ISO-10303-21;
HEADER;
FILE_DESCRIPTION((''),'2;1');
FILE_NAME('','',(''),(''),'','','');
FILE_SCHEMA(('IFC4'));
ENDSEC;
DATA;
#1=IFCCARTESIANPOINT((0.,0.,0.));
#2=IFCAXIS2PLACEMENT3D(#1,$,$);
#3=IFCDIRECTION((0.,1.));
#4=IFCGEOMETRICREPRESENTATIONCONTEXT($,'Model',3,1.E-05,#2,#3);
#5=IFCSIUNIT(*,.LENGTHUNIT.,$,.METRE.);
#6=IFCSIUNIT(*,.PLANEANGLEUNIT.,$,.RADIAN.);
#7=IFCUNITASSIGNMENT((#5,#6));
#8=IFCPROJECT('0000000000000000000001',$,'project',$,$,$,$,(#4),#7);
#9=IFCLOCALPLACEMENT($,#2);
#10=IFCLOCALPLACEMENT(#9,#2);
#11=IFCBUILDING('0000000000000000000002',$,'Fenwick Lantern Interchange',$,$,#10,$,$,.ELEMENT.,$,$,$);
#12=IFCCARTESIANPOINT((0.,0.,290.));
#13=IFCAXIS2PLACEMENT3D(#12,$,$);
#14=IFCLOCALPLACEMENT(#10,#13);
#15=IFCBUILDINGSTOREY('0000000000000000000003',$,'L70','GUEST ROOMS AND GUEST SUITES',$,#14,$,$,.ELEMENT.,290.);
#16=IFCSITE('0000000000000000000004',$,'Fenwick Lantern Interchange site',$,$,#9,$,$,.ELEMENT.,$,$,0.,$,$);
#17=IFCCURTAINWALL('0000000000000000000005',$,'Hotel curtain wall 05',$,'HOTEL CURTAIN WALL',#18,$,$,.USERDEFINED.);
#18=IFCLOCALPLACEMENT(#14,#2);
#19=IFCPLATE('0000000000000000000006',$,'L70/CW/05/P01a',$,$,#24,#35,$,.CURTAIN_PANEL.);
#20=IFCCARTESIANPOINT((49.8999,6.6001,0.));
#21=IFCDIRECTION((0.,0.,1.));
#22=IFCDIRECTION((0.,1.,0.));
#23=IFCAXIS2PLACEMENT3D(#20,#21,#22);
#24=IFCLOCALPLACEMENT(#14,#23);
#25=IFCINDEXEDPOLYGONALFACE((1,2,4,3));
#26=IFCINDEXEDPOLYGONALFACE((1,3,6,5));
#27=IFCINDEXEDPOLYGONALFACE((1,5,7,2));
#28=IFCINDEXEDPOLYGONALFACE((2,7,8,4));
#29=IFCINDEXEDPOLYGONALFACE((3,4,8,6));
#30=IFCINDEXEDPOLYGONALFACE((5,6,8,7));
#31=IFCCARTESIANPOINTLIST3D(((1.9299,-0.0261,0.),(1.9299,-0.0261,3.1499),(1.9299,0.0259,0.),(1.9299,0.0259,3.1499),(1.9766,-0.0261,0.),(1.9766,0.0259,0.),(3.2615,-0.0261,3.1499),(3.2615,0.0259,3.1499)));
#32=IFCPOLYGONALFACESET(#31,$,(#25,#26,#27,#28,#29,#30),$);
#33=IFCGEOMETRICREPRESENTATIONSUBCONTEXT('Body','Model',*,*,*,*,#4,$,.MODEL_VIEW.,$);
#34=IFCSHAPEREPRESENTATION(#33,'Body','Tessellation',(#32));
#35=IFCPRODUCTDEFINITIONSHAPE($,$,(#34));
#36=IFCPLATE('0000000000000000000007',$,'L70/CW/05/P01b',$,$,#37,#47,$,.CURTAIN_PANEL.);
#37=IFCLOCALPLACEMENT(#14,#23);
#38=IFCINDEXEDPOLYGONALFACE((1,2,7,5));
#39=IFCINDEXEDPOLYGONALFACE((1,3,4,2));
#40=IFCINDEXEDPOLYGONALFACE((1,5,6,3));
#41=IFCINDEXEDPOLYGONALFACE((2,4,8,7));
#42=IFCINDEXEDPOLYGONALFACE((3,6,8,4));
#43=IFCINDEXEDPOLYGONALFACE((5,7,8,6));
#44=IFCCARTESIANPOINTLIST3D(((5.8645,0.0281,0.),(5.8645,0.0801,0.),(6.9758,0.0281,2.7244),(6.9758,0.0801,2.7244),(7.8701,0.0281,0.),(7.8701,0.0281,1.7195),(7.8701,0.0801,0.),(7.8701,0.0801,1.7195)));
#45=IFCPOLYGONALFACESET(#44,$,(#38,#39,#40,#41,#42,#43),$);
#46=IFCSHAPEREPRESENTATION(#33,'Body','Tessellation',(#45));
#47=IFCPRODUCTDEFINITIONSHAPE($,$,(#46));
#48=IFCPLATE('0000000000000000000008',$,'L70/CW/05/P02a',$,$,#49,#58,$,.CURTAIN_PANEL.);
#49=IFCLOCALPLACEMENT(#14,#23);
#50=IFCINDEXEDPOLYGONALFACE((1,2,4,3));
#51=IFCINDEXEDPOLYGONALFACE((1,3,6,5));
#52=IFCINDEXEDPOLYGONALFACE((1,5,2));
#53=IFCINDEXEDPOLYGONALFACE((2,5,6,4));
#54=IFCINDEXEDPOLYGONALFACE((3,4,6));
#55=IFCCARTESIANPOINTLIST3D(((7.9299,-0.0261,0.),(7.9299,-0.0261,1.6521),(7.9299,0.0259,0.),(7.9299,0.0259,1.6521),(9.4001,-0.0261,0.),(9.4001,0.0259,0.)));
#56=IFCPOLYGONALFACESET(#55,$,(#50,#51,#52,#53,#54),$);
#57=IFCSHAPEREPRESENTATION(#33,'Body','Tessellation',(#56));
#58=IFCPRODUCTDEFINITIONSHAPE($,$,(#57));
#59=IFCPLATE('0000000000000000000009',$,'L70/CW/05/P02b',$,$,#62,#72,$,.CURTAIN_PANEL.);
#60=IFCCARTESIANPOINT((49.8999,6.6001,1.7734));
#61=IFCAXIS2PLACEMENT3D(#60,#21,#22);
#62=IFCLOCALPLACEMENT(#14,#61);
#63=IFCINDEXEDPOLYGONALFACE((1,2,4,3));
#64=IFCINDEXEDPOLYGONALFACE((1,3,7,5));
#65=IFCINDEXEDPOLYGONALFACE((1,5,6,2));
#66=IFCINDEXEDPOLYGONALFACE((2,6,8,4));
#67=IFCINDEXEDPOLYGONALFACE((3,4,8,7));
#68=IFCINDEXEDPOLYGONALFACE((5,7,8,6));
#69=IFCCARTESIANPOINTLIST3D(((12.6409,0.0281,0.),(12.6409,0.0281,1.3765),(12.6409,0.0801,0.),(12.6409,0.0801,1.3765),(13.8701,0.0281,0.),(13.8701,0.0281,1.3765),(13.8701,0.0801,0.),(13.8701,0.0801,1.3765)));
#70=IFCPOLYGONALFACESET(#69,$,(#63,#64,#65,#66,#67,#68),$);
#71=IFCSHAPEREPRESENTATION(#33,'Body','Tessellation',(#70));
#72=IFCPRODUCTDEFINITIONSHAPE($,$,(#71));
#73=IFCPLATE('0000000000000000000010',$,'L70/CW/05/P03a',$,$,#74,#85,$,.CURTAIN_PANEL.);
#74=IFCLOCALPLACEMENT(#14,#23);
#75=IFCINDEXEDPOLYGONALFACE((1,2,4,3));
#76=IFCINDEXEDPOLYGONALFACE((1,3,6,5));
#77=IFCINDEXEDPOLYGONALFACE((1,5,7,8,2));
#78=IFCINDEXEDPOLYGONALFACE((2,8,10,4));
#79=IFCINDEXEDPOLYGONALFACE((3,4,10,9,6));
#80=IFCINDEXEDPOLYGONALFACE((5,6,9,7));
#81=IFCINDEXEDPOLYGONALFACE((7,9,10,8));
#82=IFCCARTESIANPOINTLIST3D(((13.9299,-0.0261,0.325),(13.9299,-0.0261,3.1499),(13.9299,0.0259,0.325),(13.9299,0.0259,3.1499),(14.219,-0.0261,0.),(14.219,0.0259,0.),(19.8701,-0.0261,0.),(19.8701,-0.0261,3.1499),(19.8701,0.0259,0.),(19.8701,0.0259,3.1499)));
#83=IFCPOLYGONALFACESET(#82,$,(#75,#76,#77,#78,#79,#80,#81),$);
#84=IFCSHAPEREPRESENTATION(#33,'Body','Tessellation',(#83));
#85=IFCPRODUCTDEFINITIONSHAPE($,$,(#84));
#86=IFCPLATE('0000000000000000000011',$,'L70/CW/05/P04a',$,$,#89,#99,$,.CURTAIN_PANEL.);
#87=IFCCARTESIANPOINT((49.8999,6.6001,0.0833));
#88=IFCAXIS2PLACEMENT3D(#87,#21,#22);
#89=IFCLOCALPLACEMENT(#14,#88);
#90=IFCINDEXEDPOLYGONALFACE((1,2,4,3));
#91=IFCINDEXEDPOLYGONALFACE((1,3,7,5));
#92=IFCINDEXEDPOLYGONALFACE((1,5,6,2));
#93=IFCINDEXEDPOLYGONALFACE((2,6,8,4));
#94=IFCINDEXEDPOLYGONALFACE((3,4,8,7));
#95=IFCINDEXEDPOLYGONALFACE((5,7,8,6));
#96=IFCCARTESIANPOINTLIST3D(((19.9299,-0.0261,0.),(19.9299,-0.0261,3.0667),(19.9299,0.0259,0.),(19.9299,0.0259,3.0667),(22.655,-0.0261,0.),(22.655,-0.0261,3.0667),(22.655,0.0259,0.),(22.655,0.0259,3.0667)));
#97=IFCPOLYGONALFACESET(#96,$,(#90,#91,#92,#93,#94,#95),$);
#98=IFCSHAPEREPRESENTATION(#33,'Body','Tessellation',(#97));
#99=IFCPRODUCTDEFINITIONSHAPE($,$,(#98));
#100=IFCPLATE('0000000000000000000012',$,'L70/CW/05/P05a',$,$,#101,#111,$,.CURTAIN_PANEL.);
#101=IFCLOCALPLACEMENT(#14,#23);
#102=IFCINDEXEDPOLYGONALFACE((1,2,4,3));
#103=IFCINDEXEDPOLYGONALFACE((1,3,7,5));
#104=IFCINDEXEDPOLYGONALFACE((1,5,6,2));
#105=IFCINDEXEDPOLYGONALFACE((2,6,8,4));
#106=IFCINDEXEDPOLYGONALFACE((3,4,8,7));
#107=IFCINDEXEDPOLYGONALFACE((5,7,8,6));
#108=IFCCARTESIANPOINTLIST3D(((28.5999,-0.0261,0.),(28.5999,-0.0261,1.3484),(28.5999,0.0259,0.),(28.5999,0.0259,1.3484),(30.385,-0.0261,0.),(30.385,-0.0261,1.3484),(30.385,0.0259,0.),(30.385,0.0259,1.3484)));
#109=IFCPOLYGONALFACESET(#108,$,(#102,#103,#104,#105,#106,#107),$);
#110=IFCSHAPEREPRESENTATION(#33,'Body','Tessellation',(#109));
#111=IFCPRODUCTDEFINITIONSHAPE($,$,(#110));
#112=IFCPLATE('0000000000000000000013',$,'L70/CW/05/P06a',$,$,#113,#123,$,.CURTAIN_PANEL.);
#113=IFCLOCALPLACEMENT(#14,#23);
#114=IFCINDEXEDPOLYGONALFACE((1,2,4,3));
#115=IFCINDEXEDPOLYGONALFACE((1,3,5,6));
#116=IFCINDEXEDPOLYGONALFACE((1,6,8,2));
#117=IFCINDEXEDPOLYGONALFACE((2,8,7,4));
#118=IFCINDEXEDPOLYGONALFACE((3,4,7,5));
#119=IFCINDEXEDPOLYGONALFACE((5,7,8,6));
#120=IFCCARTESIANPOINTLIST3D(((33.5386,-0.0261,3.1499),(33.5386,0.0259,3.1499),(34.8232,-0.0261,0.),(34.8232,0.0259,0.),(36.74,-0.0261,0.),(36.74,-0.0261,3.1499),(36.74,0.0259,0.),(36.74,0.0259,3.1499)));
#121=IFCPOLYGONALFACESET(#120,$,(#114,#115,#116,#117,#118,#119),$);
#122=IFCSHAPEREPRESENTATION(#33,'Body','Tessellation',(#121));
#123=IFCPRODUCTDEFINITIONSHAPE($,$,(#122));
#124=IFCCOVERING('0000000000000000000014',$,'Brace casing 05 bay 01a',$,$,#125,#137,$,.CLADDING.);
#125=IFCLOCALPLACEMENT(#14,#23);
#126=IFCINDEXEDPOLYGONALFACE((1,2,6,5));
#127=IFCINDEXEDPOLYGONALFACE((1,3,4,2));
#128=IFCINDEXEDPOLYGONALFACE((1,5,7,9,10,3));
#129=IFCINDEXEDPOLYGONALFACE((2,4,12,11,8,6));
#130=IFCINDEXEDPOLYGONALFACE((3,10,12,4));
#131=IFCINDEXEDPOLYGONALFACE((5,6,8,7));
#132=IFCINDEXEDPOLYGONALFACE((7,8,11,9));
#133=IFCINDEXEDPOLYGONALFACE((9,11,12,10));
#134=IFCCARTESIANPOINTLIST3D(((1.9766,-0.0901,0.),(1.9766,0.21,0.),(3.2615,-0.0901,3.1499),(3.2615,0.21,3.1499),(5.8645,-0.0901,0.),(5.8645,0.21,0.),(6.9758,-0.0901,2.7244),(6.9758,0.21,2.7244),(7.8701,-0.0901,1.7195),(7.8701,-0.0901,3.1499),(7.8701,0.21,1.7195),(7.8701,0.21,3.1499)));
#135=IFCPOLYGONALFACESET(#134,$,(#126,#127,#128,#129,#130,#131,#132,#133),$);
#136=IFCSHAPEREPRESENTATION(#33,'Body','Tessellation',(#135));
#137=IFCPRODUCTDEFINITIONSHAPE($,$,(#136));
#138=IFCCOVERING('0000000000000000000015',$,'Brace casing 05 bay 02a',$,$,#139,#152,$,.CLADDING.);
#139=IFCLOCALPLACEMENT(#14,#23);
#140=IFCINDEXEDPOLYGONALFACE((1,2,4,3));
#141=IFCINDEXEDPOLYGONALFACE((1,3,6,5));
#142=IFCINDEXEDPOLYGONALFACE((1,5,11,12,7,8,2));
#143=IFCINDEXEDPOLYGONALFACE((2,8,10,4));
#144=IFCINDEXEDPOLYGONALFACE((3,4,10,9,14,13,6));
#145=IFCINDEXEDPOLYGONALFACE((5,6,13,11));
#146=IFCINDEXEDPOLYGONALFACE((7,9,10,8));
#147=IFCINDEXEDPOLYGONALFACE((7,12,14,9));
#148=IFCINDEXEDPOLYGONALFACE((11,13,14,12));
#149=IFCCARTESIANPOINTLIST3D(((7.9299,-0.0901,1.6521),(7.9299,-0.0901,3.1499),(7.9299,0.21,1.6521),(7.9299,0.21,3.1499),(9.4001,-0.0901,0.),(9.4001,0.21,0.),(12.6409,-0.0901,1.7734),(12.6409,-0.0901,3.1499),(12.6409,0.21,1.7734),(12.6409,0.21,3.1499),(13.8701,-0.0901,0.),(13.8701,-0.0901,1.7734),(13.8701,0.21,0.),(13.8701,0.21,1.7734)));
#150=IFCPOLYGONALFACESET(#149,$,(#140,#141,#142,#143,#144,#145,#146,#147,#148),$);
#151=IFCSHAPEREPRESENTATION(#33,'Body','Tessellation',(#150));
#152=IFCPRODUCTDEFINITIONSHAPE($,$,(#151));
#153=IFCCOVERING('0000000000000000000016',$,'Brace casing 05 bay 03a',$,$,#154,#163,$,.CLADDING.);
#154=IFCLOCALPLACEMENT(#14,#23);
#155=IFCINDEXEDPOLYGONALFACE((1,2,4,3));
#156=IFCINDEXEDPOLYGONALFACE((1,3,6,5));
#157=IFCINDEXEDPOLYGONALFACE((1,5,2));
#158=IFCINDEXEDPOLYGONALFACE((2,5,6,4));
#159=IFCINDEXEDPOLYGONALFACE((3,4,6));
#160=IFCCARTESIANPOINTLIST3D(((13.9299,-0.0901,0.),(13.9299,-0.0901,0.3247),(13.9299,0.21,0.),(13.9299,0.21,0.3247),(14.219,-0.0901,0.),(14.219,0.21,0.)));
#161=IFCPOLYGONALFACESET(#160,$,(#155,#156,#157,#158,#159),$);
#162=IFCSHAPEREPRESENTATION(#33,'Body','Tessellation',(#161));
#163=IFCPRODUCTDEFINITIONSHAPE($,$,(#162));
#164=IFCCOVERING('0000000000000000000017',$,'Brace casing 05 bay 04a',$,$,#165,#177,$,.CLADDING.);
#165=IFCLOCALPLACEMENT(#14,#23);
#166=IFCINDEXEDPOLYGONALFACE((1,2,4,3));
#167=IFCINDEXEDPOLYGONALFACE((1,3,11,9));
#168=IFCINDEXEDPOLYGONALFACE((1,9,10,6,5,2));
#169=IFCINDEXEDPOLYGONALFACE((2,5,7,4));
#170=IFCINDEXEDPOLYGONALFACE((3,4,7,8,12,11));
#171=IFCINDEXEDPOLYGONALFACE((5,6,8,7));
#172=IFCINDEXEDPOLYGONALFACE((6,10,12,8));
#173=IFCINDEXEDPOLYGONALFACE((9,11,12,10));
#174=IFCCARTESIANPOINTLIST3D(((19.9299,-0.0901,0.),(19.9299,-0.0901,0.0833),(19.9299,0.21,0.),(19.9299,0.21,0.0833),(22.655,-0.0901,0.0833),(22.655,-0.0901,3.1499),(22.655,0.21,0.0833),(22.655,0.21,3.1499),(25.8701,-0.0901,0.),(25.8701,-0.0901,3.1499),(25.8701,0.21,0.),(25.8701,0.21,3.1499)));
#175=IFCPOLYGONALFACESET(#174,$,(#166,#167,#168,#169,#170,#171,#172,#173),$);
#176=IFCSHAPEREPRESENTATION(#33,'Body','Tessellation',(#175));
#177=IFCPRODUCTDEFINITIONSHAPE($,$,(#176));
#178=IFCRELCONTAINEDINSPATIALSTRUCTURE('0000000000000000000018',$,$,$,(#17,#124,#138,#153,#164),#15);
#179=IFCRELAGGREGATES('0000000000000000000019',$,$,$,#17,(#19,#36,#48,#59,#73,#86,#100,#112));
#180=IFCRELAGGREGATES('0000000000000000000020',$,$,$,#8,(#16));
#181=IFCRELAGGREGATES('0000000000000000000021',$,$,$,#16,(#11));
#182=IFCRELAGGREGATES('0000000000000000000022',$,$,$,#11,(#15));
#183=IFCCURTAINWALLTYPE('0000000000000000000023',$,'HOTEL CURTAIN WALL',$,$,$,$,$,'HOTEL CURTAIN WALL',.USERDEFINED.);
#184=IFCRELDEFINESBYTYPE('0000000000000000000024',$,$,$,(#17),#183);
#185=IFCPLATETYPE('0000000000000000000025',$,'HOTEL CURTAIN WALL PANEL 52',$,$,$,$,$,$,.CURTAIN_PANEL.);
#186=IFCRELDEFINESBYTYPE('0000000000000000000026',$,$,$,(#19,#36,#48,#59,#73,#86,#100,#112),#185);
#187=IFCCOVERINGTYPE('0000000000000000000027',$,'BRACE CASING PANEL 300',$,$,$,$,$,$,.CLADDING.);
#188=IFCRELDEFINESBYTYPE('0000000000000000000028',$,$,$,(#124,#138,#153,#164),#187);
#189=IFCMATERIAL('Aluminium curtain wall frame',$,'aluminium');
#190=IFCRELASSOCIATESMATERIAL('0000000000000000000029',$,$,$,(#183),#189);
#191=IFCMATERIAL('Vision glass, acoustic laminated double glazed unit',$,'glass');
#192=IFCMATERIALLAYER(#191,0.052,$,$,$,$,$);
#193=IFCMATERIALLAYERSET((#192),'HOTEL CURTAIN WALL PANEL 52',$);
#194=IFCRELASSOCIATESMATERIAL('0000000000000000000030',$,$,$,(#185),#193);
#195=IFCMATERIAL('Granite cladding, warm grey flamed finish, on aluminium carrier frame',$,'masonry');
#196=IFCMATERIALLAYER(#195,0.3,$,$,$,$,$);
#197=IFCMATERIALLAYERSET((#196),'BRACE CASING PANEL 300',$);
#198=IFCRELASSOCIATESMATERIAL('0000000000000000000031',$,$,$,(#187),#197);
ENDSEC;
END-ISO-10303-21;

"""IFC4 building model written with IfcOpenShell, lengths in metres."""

from ifc_helpers import new_model, si_unit, direction, frame, origin, place, context, subcontext, project, spatial, polyline, outline, extrude, material, layer, layer_set, type_object, element, aggregate, save


model = new_model("IFC4")

# Units and contexts
model_context = context("Model", 3, precision=1e-05, world=origin(), true_north=direction((0.0, 1.0)))
body_context = subcontext(model_context, "Body", "Model", "MODEL_VIEW")
ifc_project = project(units=[si_unit("LENGTHUNIT", "METRE"), si_unit("PLANEANGLEUNIT", "RADIAN")], contexts=[model_context])

# Site, building, storey
site_placement = place(None, origin())
site = spatial("IfcSite", under=ifc_project, at=site_placement, Name="Fenwick Lantern Interchange site", CompositionType="ELEMENT", RefElevation=0.0)
building_placement = place(site_placement, origin())
building = spatial("IfcBuilding", under=site, at=building_placement, Name="Fenwick Lantern Interchange", CompositionType="ELEMENT")
storey_placement = place(building_placement, frame((0.0, 0.0, 290.0)))
storey = spatial("IfcBuildingStorey", under=building, at=storey_placement, Name="L70", Description="GUEST ROOMS AND GUEST SUITES", CompositionType="ELEMENT", Elevation=290.0)

# Shared definitions
ifc_material_1 = material(Name="Aluminium curtain wall frame", Category="aluminium")
curtain_wall_type = type_object("IfcCurtainWallType", Name="HOTEL CURTAIN WALL", ElementType="HOTEL CURTAIN WALL", PredefinedType="USERDEFINED", material=ifc_material_1)

# Curtain wall
curtain_wall_1_placement = place(storey_placement, origin())
curtain_wall_1 = element("IfcCurtainWall", 1, at=curtain_wall_1_placement, inside=storey, type_object=curtain_wall_type, Name="Hotel curtain wall 05", ObjectType="HOTEL CURTAIN WALL", PredefinedType="USERDEFINED")

# Plates
ifc_material_2 = material(Name="Vision glass, acoustic laminated double glazed unit", Category="glass")
ifc_layer_1 = layer(ifc_material_2, 0.052)
ifc_layer_set_1 = layer_set([ifc_layer_1], Name="HOTEL CURTAIN WALL PANEL 52")
plate_type = type_object("IfcPlateType", Name="HOTEL CURTAIN WALL PANEL 52", PredefinedType="CURTAIN_PANEL", material=ifc_layer_set_1)
plate_1_placement = place(storey_placement, frame((49.8999, 6.6001, 0.0), z_axis=(0.0, 0.0, 1.0), x_axis=(0.0, 1.0, 0.0)))
plate_1 = element("IfcPlate", 2, at=plate_1_placement, type_object=plate_type, Name="L70/CW/05/P01a", PredefinedType="CURTAIN_PANEL", context=body_context, shape_type="SweptSolid", body=[
    extrude(outline(polyline([(1.9299, 0.0), (1.9766, 0.0), (3.2615, 3.1499), (1.9299, 3.1499), (1.9299, 0.0)])), frame((0.0, 0.0259, 0.0), z_axis=(0.0, -1.0, 0.0), x_axis=(1.0, 0.0, 0.0)), (0.0, 0.0, 1.0), 0.052),
])
plate_2_placement = place(storey_placement, frame((49.8999, 6.6001, 0.0), z_axis=(0.0, 0.0, 1.0), x_axis=(0.0, 1.0, 0.0)))
plate_2 = element("IfcPlate", 3, at=plate_2_placement, type_object=plate_type, Name="L70/CW/05/P01b", PredefinedType="CURTAIN_PANEL", context=body_context, shape_type="SweptSolid", body=[
    extrude(outline(polyline([(5.8645, 0.0), (7.8701, 0.0), (7.8701, 1.7195), (6.9758, 2.7244), (5.8645, 0.0)])), frame((0.0, 0.0801, 0.0), z_axis=(0.0, -1.0, 0.0), x_axis=(1.0, 0.0, 0.0)), (0.0, 0.0, 1.0), 0.052),
])
plate_3_placement = place(storey_placement, frame((49.8999, 6.6001, 0.0), z_axis=(0.0, 0.0, 1.0), x_axis=(0.0, 1.0, 0.0)))
plate_3 = element("IfcPlate", 4, at=plate_3_placement, type_object=plate_type, Name="L70/CW/05/P02a", PredefinedType="CURTAIN_PANEL", context=body_context, shape_type="SweptSolid", body=[
    extrude(outline(polyline([(7.9299, 0.0), (9.4001, 0.0), (7.9299, 1.6521), (7.9299, 0.0)])), frame((0.0, 0.0259, 0.0), z_axis=(0.0, -1.0, 0.0), x_axis=(1.0, 0.0, 0.0)), (0.0, 0.0, 1.0), 0.052),
])
plate_4_placement = place(storey_placement, frame((49.8999, 6.6001, 1.7734), z_axis=(0.0, 0.0, 1.0), x_axis=(0.0, 1.0, 0.0)))
plate_4 = element("IfcPlate", 5, at=plate_4_placement, type_object=plate_type, Name="L70/CW/05/P02b", PredefinedType="CURTAIN_PANEL", context=body_context, shape_type="SweptSolid", body=[
    extrude(outline(polyline([(12.6409, 0.0), (13.8701, 0.0), (13.8701, 1.3765), (12.6409, 1.3765), (12.6409, 0.0)])), frame((0.0, 0.0801, 0.0), z_axis=(0.0, -1.0, 0.0), x_axis=(1.0, 0.0, 0.0)), (0.0, 0.0, 1.0), 0.052),
])
plate_5_placement = place(storey_placement, frame((49.8999, 6.6001, 0.0), z_axis=(0.0, 0.0, 1.0), x_axis=(0.0, 1.0, 0.0)))
plate_5 = element("IfcPlate", 6, at=plate_5_placement, type_object=plate_type, Name="L70/CW/05/P03a", PredefinedType="CURTAIN_PANEL", context=body_context, shape_type="SweptSolid", body=[
    extrude(outline(polyline([(14.219, 0.0), (19.8701, 0.0), (19.8701, 3.1499), (13.9299, 3.1499), (13.9299, 0.325), (14.219, 0.0)])), frame((0.0, 0.0259, 0.0), z_axis=(0.0, -1.0, 0.0), x_axis=(1.0, 0.0, 0.0)), (0.0, 0.0, 1.0), 0.052),
])
plate_6_placement = place(storey_placement, frame((49.8999, 6.6001, 0.0833), z_axis=(0.0, 0.0, 1.0), x_axis=(0.0, 1.0, 0.0)))
plate_6 = element("IfcPlate", 7, at=plate_6_placement, type_object=plate_type, Name="L70/CW/05/P04a", PredefinedType="CURTAIN_PANEL", context=body_context, shape_type="SweptSolid", body=[
    extrude(outline(polyline([(19.9299, 0.0), (22.655, 0.0), (22.655, 3.0667), (19.9299, 3.0667), (19.9299, 0.0)])), frame((0.0, 0.0259, 0.0), z_axis=(0.0, -1.0, 0.0), x_axis=(1.0, 0.0, 0.0)), (0.0, 0.0, 1.0), 0.052),
])
plate_7_placement = place(storey_placement, frame((49.8999, 6.6001, 0.0), z_axis=(0.0, 0.0, 1.0), x_axis=(0.0, 1.0, 0.0)))
plate_7 = element("IfcPlate", 8, at=plate_7_placement, type_object=plate_type, Name="L70/CW/05/P05a", PredefinedType="CURTAIN_PANEL", context=body_context, shape_type="SweptSolid", body=[
    extrude(outline(polyline([(28.5999, 0.0), (30.385, 0.0), (30.385, 1.3484), (28.5999, 1.3484), (28.5999, 0.0)])), frame((0.0, 0.0259, 0.0), z_axis=(0.0, -1.0, 0.0), x_axis=(1.0, 0.0, 0.0)), (0.0, 0.0, 1.0), 0.052),
])
plate_8_placement = place(storey_placement, frame((49.8999, 6.6001, 0.0), z_axis=(0.0, 0.0, 1.0), x_axis=(0.0, 1.0, 0.0)))
plate_8 = element("IfcPlate", 9, at=plate_8_placement, type_object=plate_type, Name="L70/CW/05/P06a", PredefinedType="CURTAIN_PANEL", context=body_context, shape_type="SweptSolid", body=[
    extrude(outline(polyline([(34.8232, 0.0), (36.74, 0.0), (36.74, 3.1499), (33.5386, 3.1499), (34.8232, 0.0)])), frame((0.0, 0.0259, 0.0), z_axis=(0.0, -1.0, 0.0), x_axis=(1.0, 0.0, 0.0)), (0.0, 0.0, 1.0), 0.052),
])
aggregate(curtain_wall_1, [plate_1, plate_2, plate_3, plate_4, plate_5, plate_6, plate_7, plate_8])

# Coverings
ifc_material_3 = material(Name="Granite cladding, warm grey flamed finish, on aluminium carrier frame", Category="masonry")
ifc_layer_2 = layer(ifc_material_3, 0.3)
ifc_layer_set_2 = layer_set([ifc_layer_2], Name="BRACE CASING PANEL 300")
covering_type = type_object("IfcCoveringType", Name="BRACE CASING PANEL 300", PredefinedType="CLADDING", material=ifc_layer_set_2)
covering_1_placement = place(storey_placement, frame((49.8999, 6.6001, 0.0), z_axis=(0.0, 0.0, 1.0), x_axis=(0.0, 1.0, 0.0)))
element("IfcCovering", 10, at=covering_1_placement, inside=storey, type_object=covering_type, Name="Brace casing 05 bay 01a", PredefinedType="CLADDING", context=body_context, shape_type="SweptSolid", body=[
    extrude(outline(polyline([(1.9766, 0.0), (5.8645, 0.0), (6.9758, 2.7244), (7.8701, 1.7195), (7.8701, 3.1499), (3.2615, 3.1499), (1.9766, 0.0)])), frame((0.0, 0.21, 0.0), z_axis=(0.0, -1.0, 0.0), x_axis=(1.0, 0.0, 0.0)), (0.0, 0.0, 1.0), 0.3),
])
covering_2_placement = place(storey_placement, frame((49.8999, 6.6001, 0.0), z_axis=(0.0, 0.0, 1.0), x_axis=(0.0, 1.0, 0.0)))
element("IfcCovering", 11, at=covering_2_placement, inside=storey, type_object=covering_type, Name="Brace casing 05 bay 02a", PredefinedType="CLADDING", context=body_context, shape_type="SweptSolid", body=[
    extrude(outline(polyline([(9.4001, 0.0), (13.8701, 0.0), (13.8701, 1.7734), (12.6409, 1.7734), (12.6409, 3.1499), (7.9299, 3.1499), (7.9299, 1.6521), (9.4001, 0.0)])), frame((0.0, 0.21, 0.0), z_axis=(0.0, -1.0, 0.0), x_axis=(1.0, 0.0, 0.0)), (0.0, 0.0, 1.0), 0.3),
])
covering_3_placement = place(storey_placement, frame((49.8999, 6.6001, 0.0), z_axis=(0.0, 0.0, 1.0), x_axis=(0.0, 1.0, 0.0)))
element("IfcCovering", 12, at=covering_3_placement, inside=storey, type_object=covering_type, Name="Brace casing 05 bay 03a", PredefinedType="CLADDING", context=body_context, shape_type="SweptSolid", body=[
    extrude(outline(polyline([(13.9299, 0.0), (14.219, 0.0), (13.9299, 0.3247), (13.9299, 0.0)])), frame((0.0, 0.21, 0.0), z_axis=(0.0, -1.0, 0.0), x_axis=(1.0, 0.0, 0.0)), (0.0, 0.0, 1.0), 0.3),
])
covering_4_placement = place(storey_placement, frame((49.8999, 6.6001, 0.0), z_axis=(0.0, 0.0, 1.0), x_axis=(0.0, 1.0, 0.0)))
element("IfcCovering", 13, at=covering_4_placement, inside=storey, type_object=covering_type, Name="Brace casing 05 bay 04a", PredefinedType="CLADDING", context=body_context, shape_type="SweptSolid", body=[
    extrude(outline(polyline([(19.9299, 0.0), (25.8701, 0.0), (25.8701, 3.1499), (22.655, 3.1499), (22.655, 0.0833), (19.9299, 0.0833), (19.9299, 0.0)])), frame((0.0, 0.21, 0.0), z_axis=(0.0, -1.0, 0.0), x_axis=(1.0, 0.0, 0.0)), (0.0, 0.0, 1.0), 0.3),
])

save(model, "model.ifc")
